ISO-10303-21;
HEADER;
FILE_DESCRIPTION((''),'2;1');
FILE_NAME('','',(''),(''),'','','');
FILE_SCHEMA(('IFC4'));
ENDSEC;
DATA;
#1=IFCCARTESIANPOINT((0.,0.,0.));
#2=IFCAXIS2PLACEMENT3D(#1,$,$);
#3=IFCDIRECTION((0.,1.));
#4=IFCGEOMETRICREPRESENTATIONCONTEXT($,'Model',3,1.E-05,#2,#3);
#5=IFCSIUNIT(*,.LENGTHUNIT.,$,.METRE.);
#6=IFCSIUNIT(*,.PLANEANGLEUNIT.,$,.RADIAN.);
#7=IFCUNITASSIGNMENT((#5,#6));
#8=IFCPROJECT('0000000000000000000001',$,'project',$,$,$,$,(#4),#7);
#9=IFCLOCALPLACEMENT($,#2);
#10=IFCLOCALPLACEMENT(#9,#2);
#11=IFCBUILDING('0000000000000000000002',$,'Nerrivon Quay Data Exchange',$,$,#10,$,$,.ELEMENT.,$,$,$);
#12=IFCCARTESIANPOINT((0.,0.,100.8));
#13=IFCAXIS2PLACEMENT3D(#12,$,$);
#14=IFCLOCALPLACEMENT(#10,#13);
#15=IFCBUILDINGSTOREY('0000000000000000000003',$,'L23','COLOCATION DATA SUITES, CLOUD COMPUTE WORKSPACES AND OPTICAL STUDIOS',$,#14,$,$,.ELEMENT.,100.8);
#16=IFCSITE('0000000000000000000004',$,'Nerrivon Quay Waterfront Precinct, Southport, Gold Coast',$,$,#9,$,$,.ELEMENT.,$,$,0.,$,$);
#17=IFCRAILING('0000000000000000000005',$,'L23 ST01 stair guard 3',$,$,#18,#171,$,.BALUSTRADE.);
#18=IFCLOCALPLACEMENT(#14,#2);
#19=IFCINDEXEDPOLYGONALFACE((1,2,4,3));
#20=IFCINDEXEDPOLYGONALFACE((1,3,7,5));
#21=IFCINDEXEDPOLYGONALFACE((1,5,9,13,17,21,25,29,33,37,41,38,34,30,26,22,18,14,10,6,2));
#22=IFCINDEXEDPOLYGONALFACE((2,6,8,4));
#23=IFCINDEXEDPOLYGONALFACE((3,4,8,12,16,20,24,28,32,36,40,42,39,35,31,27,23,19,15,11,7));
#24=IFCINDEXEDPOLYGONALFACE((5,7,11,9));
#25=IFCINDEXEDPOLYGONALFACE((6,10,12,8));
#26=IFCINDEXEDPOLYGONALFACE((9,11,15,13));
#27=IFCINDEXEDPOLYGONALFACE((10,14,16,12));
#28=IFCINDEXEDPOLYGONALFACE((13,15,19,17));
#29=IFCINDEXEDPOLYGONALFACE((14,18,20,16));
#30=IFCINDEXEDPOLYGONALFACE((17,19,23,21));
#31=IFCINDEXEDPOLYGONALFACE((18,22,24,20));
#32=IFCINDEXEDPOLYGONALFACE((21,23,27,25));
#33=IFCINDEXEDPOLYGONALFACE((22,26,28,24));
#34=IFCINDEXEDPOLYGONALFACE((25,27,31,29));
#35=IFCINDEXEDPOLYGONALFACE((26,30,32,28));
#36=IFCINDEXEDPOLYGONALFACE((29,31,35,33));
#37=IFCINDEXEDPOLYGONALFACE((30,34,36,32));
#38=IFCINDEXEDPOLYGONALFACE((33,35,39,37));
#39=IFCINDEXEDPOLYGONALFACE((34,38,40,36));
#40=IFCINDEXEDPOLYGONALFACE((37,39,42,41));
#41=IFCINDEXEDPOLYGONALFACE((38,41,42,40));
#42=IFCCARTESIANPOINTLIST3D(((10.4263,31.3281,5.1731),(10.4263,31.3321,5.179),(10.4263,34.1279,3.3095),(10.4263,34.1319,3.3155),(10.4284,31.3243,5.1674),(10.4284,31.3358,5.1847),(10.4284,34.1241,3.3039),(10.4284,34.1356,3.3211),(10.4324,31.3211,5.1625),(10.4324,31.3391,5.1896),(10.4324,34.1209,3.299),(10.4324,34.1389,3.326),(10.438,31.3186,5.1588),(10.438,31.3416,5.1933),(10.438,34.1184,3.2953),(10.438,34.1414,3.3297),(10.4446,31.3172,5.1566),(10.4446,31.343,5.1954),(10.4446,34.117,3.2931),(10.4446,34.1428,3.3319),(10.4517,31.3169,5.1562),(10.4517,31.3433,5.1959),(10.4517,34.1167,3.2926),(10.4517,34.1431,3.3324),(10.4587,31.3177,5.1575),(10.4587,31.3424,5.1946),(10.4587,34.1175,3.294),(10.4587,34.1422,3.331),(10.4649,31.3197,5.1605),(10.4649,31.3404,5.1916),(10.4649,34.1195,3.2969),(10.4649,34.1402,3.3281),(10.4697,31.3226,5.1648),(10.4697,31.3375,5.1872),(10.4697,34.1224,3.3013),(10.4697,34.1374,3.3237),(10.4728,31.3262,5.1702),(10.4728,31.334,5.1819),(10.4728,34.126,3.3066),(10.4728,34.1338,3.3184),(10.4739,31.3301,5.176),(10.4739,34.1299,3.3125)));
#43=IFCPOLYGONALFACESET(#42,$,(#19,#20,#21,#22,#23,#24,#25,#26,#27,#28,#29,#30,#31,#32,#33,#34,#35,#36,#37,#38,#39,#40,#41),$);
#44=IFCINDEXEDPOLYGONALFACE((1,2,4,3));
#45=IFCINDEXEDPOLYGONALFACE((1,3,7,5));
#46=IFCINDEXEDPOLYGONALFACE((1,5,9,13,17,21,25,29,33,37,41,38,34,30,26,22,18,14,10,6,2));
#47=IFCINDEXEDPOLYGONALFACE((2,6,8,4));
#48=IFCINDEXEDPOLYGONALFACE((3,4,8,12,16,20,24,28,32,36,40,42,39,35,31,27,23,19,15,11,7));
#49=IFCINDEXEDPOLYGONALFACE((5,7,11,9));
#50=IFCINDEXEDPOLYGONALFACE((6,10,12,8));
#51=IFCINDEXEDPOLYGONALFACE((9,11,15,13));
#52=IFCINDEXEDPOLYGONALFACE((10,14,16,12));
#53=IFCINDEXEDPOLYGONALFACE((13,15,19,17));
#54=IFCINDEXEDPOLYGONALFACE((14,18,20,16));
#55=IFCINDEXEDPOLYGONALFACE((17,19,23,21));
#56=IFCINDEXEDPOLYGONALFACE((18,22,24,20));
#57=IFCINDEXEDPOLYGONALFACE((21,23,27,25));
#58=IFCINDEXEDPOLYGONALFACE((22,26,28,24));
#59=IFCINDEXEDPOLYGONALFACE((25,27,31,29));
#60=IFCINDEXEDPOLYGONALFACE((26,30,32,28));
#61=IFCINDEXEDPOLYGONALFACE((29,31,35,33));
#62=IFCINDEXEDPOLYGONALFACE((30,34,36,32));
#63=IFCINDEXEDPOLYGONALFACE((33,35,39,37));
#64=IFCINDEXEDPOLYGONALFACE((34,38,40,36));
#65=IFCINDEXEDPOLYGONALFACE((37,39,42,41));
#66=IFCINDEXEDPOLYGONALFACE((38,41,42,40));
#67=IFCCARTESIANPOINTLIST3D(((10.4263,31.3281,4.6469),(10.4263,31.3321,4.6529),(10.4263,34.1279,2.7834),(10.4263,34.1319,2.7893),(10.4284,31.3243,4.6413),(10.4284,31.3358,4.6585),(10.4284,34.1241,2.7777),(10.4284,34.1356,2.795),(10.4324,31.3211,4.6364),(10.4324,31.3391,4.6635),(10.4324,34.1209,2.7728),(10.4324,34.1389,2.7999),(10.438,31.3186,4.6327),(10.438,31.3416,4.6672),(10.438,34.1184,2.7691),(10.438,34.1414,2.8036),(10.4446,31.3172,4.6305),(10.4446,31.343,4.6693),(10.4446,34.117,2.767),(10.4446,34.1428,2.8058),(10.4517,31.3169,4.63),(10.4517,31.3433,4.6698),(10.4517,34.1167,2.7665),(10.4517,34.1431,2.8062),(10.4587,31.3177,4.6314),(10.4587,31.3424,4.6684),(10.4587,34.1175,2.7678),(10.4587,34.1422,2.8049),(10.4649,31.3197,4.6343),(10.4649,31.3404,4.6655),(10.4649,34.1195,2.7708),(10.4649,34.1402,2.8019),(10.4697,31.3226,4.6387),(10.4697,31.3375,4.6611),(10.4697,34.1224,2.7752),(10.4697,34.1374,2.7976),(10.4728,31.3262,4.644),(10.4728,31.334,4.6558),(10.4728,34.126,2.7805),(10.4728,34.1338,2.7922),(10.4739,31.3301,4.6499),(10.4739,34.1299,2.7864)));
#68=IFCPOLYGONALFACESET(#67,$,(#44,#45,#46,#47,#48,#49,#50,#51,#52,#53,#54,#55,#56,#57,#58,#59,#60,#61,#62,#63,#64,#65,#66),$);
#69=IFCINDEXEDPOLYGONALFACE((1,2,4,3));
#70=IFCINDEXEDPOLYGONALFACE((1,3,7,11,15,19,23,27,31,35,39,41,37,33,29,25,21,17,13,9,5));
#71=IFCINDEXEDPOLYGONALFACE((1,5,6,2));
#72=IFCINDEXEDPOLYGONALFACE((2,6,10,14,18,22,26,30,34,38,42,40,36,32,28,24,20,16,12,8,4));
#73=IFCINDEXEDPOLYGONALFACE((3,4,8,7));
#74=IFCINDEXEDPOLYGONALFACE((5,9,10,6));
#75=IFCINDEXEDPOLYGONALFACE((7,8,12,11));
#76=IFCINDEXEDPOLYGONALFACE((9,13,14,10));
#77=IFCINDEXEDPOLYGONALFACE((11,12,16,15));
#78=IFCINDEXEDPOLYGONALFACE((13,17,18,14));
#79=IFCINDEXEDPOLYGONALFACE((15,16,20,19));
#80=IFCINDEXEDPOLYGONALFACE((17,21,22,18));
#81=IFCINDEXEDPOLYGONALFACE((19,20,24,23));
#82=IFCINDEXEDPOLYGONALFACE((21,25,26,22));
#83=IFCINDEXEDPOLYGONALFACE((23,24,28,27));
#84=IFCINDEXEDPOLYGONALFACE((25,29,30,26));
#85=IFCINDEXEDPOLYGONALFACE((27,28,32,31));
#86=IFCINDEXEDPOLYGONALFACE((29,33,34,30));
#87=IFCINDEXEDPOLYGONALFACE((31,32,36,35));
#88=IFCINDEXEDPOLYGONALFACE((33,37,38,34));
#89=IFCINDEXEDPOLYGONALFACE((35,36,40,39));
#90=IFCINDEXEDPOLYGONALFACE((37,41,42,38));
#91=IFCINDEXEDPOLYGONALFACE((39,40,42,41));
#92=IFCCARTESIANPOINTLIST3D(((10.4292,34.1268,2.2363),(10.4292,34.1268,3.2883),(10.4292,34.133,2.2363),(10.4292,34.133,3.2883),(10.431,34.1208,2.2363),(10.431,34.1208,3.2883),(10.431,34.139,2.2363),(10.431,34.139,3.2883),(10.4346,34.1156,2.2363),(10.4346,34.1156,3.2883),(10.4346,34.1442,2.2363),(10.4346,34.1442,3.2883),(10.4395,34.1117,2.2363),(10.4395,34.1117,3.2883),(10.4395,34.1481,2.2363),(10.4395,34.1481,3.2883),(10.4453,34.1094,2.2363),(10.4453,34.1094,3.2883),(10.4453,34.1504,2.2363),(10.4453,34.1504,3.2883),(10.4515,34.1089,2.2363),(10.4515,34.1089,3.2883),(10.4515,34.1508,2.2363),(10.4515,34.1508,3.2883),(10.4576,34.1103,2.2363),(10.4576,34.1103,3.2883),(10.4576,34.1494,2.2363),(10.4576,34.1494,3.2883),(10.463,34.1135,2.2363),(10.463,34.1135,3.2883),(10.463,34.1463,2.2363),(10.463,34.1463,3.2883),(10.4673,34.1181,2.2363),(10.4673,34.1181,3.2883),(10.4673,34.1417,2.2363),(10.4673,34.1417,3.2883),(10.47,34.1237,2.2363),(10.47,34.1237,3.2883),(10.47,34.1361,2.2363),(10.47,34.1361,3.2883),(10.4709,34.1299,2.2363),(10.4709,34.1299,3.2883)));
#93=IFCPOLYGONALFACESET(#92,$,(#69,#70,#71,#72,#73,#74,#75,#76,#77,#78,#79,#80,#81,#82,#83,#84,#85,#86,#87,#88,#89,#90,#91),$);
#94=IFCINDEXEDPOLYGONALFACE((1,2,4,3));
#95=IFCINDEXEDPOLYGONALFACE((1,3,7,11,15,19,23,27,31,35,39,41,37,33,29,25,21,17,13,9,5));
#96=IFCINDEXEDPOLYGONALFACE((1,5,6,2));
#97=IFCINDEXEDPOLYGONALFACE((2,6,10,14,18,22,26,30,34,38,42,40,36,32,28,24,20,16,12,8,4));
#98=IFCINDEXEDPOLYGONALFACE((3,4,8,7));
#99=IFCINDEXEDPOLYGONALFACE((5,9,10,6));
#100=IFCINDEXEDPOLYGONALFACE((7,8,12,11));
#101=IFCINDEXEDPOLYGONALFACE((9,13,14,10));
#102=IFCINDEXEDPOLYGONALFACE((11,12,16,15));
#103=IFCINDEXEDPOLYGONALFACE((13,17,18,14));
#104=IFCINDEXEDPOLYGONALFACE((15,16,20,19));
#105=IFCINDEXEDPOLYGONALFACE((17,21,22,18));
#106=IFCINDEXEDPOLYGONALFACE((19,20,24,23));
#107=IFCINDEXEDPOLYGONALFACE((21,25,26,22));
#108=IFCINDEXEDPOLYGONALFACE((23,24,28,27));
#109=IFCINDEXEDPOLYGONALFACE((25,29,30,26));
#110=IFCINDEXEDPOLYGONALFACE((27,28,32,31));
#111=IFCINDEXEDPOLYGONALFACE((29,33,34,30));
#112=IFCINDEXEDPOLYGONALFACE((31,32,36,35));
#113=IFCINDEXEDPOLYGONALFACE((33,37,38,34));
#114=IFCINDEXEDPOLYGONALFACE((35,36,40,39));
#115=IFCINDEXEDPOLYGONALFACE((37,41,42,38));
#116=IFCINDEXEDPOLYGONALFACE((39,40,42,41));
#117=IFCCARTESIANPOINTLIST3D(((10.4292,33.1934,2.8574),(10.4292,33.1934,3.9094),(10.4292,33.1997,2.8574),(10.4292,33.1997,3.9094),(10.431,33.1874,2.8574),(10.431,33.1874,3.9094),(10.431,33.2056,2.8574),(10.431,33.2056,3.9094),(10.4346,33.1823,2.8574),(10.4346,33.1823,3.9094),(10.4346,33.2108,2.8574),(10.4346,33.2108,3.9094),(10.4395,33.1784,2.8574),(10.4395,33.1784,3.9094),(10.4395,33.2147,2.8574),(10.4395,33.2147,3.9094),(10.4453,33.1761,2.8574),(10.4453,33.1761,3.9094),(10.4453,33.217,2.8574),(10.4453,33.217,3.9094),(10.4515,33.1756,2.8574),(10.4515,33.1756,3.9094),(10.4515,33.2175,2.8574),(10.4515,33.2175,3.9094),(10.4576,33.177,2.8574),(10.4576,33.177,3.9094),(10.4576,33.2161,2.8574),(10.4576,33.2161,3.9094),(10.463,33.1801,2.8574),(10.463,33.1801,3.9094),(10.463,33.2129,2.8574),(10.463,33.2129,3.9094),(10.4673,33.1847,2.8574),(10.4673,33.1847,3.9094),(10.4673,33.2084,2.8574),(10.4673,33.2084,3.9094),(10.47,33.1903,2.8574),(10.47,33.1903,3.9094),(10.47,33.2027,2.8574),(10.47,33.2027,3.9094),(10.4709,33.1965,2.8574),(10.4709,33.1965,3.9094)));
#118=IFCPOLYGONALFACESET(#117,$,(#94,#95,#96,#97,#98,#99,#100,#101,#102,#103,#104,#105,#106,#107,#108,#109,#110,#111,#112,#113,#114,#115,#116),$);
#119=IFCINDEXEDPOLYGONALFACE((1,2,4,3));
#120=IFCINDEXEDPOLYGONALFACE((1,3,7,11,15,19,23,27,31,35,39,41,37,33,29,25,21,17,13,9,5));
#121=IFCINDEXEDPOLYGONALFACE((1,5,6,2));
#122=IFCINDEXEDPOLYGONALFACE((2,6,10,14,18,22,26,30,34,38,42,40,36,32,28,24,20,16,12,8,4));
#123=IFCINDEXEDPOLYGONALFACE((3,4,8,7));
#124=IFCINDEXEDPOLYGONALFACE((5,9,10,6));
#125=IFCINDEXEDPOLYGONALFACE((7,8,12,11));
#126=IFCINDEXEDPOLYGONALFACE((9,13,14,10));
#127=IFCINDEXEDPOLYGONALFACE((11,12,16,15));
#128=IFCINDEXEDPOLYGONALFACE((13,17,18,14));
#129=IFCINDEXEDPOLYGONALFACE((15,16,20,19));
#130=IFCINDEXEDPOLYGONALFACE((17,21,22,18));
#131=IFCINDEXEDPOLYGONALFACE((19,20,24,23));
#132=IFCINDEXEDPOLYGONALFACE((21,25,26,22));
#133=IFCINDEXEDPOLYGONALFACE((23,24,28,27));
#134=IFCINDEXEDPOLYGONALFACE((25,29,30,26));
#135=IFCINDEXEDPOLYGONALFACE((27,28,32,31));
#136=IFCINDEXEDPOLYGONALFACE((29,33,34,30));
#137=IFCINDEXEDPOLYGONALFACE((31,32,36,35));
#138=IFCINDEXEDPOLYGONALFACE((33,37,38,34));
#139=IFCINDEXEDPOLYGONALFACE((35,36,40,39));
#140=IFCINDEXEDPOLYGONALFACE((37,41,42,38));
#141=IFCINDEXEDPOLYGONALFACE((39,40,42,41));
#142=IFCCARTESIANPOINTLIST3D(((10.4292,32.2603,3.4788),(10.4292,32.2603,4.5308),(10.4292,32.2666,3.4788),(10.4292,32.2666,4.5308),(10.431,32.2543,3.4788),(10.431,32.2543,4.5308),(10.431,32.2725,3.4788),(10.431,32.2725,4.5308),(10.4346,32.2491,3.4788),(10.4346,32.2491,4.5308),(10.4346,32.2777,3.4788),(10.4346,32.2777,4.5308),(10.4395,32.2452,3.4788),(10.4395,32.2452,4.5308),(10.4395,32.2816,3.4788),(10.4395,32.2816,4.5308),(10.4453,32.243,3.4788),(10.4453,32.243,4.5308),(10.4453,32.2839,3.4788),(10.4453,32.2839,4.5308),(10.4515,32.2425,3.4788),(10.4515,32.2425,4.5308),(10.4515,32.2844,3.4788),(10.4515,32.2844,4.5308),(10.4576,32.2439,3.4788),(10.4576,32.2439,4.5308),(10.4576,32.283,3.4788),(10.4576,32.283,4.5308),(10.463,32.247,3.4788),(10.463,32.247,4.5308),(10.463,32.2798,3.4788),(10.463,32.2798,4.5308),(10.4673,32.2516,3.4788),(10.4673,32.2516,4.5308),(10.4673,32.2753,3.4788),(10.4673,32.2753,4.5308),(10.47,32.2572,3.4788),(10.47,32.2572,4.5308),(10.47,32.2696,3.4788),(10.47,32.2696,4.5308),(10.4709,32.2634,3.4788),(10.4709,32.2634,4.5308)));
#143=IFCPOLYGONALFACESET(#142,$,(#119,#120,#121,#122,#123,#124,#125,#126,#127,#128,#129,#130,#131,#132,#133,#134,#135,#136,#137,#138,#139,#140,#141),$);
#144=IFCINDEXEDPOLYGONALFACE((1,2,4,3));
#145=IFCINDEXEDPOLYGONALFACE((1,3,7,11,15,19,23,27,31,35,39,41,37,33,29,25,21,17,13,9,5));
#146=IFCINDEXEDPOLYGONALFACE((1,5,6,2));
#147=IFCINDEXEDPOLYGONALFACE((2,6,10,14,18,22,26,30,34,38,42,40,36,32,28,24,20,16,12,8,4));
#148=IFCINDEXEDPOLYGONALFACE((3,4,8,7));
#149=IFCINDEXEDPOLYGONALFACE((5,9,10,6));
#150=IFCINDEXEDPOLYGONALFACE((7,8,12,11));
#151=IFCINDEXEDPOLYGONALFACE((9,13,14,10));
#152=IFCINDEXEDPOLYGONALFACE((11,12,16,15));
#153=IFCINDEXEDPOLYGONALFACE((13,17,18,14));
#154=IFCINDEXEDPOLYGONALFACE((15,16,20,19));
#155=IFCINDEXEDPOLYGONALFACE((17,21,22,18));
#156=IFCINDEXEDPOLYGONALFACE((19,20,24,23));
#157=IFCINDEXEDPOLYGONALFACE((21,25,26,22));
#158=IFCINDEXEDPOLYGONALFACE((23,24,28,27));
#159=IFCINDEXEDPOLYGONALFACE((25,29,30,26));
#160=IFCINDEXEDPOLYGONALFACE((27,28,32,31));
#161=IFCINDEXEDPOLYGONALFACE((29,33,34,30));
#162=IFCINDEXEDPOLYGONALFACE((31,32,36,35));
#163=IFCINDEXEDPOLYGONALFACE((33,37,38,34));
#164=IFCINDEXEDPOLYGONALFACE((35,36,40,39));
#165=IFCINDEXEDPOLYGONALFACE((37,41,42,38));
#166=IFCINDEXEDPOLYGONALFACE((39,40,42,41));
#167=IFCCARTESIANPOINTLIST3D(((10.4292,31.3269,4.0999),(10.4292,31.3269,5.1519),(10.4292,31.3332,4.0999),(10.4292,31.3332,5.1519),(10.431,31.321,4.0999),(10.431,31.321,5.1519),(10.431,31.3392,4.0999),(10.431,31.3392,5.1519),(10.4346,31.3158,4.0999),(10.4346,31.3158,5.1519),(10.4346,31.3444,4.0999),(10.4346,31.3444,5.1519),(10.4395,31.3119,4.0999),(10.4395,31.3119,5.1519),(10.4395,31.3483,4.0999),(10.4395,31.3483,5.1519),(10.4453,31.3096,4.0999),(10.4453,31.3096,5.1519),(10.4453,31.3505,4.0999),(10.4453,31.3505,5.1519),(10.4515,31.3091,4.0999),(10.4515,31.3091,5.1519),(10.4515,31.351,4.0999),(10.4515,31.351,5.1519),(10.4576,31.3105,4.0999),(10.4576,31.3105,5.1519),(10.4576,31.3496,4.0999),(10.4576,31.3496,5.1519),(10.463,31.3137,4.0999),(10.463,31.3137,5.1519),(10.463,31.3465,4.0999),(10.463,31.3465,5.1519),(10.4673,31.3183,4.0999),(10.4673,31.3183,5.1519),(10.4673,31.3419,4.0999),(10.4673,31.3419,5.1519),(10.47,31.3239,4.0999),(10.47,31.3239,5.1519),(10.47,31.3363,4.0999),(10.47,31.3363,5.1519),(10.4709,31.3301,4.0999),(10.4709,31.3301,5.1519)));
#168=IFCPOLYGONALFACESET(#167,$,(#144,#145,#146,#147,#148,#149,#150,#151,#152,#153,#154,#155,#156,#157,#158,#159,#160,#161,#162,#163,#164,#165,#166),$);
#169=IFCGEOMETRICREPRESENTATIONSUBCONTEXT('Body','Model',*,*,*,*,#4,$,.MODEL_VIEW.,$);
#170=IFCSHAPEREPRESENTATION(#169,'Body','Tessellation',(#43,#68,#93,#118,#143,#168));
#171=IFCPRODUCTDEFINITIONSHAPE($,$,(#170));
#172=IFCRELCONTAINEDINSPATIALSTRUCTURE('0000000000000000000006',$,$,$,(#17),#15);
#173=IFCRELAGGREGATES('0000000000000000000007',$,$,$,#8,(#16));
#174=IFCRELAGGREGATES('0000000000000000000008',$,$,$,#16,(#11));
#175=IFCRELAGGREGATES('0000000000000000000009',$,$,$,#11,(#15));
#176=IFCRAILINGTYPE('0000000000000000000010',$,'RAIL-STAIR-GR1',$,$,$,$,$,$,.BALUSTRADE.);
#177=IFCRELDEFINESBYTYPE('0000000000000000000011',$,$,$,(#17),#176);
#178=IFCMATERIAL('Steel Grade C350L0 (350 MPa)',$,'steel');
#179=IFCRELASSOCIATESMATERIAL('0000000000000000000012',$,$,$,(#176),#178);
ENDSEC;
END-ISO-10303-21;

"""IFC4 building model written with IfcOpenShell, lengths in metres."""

from ifc_helpers import new_model, si_unit, direction, frame, origin, origin_2d, place, context, subcontext, project, spatial, circle, extrude, material, type_object, element, save


model = new_model("IFC4")

# Units and contexts
model_context = context("Model", 3, precision=1e-05, world=origin(), true_north=direction((0.0, 1.0)))
body_context = subcontext(model_context, "Body", "Model", "MODEL_VIEW")
ifc_project = project(units=[si_unit("LENGTHUNIT", "METRE"), si_unit("PLANEANGLEUNIT", "RADIAN")], contexts=[model_context])

# Site, building, storey
site_placement = place(None, origin())
site = spatial("IfcSite", under=ifc_project, at=site_placement, Name="Nerrivon Quay Waterfront Precinct, Southport, Gold Coast", CompositionType="ELEMENT", RefElevation=0.0)
building_placement = place(site_placement, origin())
building = spatial("IfcBuilding", under=site, at=building_placement, Name="Nerrivon Quay Data Exchange", CompositionType="ELEMENT")
storey_placement = place(building_placement, frame((0.0, 0.0, 100.8)))
storey = spatial("IfcBuildingStorey", under=building, at=storey_placement, Name="L23", Description="COLOCATION DATA SUITES, CLOUD COMPUTE WORKSPACES AND OPTICAL STUDIOS", CompositionType="ELEMENT", Elevation=100.8)

# Railing
ifc_material_1 = material(Name="Steel Grade C350L0 (350 MPa)", Category="steel")
railing_type_1 = type_object("IfcRailingType", Name="RAIL-STAIR-GR1", PredefinedType="BALUSTRADE", material=ifc_material_1)
railing_1_placement = place(storey_placement, frame((10.45, 34.1299, 2.2363)))
element("IfcRailing", 1, at=railing_1_placement, inside=storey, type_object=railing_type_1, Name="L23 ST01 stair guard 3", PredefinedType="BALUSTRADE", context=body_context, shape_type="SweptSolid", body=[
    extrude(circle(Radius=0.0239, at=origin_2d()), frame((0.0, 0.0, 1.0762), z_axis=(0.0, -0.832463, 0.55408), x_axis=(1.0, 0.0, 0.0)), (0.0, 0.0, 1.0), 3.3633),
    extrude(circle(Radius=0.0239, at=origin_2d()), frame((0.0, 0.0, 0.55), z_axis=(0.0, -0.832463, 0.55408), x_axis=(1.0, 0.0, 0.0)), (0.0, 0.0, 1.0), 3.3633),
    extrude(circle(Radius=0.021, at=origin_2d()), origin(), (0.0, 0.0, 1.0), 1.052),
    extrude(circle(Radius=0.021, at=origin_2d()), frame((0.0, -0.9333, 0.6211)), (0.0, 0.0, 1.0), 1.052),
    extrude(circle(Radius=0.021, at=origin_2d()), frame((0.0, -1.8665, 1.2424)), (0.0, 0.0, 1.0), 1.052),
    extrude(circle(Radius=0.021, at=origin_2d()), frame((0.0, -2.7998, 1.8635)), (0.0, 0.0, 1.0), 1.052),
])

save(model, "model.ifc")
